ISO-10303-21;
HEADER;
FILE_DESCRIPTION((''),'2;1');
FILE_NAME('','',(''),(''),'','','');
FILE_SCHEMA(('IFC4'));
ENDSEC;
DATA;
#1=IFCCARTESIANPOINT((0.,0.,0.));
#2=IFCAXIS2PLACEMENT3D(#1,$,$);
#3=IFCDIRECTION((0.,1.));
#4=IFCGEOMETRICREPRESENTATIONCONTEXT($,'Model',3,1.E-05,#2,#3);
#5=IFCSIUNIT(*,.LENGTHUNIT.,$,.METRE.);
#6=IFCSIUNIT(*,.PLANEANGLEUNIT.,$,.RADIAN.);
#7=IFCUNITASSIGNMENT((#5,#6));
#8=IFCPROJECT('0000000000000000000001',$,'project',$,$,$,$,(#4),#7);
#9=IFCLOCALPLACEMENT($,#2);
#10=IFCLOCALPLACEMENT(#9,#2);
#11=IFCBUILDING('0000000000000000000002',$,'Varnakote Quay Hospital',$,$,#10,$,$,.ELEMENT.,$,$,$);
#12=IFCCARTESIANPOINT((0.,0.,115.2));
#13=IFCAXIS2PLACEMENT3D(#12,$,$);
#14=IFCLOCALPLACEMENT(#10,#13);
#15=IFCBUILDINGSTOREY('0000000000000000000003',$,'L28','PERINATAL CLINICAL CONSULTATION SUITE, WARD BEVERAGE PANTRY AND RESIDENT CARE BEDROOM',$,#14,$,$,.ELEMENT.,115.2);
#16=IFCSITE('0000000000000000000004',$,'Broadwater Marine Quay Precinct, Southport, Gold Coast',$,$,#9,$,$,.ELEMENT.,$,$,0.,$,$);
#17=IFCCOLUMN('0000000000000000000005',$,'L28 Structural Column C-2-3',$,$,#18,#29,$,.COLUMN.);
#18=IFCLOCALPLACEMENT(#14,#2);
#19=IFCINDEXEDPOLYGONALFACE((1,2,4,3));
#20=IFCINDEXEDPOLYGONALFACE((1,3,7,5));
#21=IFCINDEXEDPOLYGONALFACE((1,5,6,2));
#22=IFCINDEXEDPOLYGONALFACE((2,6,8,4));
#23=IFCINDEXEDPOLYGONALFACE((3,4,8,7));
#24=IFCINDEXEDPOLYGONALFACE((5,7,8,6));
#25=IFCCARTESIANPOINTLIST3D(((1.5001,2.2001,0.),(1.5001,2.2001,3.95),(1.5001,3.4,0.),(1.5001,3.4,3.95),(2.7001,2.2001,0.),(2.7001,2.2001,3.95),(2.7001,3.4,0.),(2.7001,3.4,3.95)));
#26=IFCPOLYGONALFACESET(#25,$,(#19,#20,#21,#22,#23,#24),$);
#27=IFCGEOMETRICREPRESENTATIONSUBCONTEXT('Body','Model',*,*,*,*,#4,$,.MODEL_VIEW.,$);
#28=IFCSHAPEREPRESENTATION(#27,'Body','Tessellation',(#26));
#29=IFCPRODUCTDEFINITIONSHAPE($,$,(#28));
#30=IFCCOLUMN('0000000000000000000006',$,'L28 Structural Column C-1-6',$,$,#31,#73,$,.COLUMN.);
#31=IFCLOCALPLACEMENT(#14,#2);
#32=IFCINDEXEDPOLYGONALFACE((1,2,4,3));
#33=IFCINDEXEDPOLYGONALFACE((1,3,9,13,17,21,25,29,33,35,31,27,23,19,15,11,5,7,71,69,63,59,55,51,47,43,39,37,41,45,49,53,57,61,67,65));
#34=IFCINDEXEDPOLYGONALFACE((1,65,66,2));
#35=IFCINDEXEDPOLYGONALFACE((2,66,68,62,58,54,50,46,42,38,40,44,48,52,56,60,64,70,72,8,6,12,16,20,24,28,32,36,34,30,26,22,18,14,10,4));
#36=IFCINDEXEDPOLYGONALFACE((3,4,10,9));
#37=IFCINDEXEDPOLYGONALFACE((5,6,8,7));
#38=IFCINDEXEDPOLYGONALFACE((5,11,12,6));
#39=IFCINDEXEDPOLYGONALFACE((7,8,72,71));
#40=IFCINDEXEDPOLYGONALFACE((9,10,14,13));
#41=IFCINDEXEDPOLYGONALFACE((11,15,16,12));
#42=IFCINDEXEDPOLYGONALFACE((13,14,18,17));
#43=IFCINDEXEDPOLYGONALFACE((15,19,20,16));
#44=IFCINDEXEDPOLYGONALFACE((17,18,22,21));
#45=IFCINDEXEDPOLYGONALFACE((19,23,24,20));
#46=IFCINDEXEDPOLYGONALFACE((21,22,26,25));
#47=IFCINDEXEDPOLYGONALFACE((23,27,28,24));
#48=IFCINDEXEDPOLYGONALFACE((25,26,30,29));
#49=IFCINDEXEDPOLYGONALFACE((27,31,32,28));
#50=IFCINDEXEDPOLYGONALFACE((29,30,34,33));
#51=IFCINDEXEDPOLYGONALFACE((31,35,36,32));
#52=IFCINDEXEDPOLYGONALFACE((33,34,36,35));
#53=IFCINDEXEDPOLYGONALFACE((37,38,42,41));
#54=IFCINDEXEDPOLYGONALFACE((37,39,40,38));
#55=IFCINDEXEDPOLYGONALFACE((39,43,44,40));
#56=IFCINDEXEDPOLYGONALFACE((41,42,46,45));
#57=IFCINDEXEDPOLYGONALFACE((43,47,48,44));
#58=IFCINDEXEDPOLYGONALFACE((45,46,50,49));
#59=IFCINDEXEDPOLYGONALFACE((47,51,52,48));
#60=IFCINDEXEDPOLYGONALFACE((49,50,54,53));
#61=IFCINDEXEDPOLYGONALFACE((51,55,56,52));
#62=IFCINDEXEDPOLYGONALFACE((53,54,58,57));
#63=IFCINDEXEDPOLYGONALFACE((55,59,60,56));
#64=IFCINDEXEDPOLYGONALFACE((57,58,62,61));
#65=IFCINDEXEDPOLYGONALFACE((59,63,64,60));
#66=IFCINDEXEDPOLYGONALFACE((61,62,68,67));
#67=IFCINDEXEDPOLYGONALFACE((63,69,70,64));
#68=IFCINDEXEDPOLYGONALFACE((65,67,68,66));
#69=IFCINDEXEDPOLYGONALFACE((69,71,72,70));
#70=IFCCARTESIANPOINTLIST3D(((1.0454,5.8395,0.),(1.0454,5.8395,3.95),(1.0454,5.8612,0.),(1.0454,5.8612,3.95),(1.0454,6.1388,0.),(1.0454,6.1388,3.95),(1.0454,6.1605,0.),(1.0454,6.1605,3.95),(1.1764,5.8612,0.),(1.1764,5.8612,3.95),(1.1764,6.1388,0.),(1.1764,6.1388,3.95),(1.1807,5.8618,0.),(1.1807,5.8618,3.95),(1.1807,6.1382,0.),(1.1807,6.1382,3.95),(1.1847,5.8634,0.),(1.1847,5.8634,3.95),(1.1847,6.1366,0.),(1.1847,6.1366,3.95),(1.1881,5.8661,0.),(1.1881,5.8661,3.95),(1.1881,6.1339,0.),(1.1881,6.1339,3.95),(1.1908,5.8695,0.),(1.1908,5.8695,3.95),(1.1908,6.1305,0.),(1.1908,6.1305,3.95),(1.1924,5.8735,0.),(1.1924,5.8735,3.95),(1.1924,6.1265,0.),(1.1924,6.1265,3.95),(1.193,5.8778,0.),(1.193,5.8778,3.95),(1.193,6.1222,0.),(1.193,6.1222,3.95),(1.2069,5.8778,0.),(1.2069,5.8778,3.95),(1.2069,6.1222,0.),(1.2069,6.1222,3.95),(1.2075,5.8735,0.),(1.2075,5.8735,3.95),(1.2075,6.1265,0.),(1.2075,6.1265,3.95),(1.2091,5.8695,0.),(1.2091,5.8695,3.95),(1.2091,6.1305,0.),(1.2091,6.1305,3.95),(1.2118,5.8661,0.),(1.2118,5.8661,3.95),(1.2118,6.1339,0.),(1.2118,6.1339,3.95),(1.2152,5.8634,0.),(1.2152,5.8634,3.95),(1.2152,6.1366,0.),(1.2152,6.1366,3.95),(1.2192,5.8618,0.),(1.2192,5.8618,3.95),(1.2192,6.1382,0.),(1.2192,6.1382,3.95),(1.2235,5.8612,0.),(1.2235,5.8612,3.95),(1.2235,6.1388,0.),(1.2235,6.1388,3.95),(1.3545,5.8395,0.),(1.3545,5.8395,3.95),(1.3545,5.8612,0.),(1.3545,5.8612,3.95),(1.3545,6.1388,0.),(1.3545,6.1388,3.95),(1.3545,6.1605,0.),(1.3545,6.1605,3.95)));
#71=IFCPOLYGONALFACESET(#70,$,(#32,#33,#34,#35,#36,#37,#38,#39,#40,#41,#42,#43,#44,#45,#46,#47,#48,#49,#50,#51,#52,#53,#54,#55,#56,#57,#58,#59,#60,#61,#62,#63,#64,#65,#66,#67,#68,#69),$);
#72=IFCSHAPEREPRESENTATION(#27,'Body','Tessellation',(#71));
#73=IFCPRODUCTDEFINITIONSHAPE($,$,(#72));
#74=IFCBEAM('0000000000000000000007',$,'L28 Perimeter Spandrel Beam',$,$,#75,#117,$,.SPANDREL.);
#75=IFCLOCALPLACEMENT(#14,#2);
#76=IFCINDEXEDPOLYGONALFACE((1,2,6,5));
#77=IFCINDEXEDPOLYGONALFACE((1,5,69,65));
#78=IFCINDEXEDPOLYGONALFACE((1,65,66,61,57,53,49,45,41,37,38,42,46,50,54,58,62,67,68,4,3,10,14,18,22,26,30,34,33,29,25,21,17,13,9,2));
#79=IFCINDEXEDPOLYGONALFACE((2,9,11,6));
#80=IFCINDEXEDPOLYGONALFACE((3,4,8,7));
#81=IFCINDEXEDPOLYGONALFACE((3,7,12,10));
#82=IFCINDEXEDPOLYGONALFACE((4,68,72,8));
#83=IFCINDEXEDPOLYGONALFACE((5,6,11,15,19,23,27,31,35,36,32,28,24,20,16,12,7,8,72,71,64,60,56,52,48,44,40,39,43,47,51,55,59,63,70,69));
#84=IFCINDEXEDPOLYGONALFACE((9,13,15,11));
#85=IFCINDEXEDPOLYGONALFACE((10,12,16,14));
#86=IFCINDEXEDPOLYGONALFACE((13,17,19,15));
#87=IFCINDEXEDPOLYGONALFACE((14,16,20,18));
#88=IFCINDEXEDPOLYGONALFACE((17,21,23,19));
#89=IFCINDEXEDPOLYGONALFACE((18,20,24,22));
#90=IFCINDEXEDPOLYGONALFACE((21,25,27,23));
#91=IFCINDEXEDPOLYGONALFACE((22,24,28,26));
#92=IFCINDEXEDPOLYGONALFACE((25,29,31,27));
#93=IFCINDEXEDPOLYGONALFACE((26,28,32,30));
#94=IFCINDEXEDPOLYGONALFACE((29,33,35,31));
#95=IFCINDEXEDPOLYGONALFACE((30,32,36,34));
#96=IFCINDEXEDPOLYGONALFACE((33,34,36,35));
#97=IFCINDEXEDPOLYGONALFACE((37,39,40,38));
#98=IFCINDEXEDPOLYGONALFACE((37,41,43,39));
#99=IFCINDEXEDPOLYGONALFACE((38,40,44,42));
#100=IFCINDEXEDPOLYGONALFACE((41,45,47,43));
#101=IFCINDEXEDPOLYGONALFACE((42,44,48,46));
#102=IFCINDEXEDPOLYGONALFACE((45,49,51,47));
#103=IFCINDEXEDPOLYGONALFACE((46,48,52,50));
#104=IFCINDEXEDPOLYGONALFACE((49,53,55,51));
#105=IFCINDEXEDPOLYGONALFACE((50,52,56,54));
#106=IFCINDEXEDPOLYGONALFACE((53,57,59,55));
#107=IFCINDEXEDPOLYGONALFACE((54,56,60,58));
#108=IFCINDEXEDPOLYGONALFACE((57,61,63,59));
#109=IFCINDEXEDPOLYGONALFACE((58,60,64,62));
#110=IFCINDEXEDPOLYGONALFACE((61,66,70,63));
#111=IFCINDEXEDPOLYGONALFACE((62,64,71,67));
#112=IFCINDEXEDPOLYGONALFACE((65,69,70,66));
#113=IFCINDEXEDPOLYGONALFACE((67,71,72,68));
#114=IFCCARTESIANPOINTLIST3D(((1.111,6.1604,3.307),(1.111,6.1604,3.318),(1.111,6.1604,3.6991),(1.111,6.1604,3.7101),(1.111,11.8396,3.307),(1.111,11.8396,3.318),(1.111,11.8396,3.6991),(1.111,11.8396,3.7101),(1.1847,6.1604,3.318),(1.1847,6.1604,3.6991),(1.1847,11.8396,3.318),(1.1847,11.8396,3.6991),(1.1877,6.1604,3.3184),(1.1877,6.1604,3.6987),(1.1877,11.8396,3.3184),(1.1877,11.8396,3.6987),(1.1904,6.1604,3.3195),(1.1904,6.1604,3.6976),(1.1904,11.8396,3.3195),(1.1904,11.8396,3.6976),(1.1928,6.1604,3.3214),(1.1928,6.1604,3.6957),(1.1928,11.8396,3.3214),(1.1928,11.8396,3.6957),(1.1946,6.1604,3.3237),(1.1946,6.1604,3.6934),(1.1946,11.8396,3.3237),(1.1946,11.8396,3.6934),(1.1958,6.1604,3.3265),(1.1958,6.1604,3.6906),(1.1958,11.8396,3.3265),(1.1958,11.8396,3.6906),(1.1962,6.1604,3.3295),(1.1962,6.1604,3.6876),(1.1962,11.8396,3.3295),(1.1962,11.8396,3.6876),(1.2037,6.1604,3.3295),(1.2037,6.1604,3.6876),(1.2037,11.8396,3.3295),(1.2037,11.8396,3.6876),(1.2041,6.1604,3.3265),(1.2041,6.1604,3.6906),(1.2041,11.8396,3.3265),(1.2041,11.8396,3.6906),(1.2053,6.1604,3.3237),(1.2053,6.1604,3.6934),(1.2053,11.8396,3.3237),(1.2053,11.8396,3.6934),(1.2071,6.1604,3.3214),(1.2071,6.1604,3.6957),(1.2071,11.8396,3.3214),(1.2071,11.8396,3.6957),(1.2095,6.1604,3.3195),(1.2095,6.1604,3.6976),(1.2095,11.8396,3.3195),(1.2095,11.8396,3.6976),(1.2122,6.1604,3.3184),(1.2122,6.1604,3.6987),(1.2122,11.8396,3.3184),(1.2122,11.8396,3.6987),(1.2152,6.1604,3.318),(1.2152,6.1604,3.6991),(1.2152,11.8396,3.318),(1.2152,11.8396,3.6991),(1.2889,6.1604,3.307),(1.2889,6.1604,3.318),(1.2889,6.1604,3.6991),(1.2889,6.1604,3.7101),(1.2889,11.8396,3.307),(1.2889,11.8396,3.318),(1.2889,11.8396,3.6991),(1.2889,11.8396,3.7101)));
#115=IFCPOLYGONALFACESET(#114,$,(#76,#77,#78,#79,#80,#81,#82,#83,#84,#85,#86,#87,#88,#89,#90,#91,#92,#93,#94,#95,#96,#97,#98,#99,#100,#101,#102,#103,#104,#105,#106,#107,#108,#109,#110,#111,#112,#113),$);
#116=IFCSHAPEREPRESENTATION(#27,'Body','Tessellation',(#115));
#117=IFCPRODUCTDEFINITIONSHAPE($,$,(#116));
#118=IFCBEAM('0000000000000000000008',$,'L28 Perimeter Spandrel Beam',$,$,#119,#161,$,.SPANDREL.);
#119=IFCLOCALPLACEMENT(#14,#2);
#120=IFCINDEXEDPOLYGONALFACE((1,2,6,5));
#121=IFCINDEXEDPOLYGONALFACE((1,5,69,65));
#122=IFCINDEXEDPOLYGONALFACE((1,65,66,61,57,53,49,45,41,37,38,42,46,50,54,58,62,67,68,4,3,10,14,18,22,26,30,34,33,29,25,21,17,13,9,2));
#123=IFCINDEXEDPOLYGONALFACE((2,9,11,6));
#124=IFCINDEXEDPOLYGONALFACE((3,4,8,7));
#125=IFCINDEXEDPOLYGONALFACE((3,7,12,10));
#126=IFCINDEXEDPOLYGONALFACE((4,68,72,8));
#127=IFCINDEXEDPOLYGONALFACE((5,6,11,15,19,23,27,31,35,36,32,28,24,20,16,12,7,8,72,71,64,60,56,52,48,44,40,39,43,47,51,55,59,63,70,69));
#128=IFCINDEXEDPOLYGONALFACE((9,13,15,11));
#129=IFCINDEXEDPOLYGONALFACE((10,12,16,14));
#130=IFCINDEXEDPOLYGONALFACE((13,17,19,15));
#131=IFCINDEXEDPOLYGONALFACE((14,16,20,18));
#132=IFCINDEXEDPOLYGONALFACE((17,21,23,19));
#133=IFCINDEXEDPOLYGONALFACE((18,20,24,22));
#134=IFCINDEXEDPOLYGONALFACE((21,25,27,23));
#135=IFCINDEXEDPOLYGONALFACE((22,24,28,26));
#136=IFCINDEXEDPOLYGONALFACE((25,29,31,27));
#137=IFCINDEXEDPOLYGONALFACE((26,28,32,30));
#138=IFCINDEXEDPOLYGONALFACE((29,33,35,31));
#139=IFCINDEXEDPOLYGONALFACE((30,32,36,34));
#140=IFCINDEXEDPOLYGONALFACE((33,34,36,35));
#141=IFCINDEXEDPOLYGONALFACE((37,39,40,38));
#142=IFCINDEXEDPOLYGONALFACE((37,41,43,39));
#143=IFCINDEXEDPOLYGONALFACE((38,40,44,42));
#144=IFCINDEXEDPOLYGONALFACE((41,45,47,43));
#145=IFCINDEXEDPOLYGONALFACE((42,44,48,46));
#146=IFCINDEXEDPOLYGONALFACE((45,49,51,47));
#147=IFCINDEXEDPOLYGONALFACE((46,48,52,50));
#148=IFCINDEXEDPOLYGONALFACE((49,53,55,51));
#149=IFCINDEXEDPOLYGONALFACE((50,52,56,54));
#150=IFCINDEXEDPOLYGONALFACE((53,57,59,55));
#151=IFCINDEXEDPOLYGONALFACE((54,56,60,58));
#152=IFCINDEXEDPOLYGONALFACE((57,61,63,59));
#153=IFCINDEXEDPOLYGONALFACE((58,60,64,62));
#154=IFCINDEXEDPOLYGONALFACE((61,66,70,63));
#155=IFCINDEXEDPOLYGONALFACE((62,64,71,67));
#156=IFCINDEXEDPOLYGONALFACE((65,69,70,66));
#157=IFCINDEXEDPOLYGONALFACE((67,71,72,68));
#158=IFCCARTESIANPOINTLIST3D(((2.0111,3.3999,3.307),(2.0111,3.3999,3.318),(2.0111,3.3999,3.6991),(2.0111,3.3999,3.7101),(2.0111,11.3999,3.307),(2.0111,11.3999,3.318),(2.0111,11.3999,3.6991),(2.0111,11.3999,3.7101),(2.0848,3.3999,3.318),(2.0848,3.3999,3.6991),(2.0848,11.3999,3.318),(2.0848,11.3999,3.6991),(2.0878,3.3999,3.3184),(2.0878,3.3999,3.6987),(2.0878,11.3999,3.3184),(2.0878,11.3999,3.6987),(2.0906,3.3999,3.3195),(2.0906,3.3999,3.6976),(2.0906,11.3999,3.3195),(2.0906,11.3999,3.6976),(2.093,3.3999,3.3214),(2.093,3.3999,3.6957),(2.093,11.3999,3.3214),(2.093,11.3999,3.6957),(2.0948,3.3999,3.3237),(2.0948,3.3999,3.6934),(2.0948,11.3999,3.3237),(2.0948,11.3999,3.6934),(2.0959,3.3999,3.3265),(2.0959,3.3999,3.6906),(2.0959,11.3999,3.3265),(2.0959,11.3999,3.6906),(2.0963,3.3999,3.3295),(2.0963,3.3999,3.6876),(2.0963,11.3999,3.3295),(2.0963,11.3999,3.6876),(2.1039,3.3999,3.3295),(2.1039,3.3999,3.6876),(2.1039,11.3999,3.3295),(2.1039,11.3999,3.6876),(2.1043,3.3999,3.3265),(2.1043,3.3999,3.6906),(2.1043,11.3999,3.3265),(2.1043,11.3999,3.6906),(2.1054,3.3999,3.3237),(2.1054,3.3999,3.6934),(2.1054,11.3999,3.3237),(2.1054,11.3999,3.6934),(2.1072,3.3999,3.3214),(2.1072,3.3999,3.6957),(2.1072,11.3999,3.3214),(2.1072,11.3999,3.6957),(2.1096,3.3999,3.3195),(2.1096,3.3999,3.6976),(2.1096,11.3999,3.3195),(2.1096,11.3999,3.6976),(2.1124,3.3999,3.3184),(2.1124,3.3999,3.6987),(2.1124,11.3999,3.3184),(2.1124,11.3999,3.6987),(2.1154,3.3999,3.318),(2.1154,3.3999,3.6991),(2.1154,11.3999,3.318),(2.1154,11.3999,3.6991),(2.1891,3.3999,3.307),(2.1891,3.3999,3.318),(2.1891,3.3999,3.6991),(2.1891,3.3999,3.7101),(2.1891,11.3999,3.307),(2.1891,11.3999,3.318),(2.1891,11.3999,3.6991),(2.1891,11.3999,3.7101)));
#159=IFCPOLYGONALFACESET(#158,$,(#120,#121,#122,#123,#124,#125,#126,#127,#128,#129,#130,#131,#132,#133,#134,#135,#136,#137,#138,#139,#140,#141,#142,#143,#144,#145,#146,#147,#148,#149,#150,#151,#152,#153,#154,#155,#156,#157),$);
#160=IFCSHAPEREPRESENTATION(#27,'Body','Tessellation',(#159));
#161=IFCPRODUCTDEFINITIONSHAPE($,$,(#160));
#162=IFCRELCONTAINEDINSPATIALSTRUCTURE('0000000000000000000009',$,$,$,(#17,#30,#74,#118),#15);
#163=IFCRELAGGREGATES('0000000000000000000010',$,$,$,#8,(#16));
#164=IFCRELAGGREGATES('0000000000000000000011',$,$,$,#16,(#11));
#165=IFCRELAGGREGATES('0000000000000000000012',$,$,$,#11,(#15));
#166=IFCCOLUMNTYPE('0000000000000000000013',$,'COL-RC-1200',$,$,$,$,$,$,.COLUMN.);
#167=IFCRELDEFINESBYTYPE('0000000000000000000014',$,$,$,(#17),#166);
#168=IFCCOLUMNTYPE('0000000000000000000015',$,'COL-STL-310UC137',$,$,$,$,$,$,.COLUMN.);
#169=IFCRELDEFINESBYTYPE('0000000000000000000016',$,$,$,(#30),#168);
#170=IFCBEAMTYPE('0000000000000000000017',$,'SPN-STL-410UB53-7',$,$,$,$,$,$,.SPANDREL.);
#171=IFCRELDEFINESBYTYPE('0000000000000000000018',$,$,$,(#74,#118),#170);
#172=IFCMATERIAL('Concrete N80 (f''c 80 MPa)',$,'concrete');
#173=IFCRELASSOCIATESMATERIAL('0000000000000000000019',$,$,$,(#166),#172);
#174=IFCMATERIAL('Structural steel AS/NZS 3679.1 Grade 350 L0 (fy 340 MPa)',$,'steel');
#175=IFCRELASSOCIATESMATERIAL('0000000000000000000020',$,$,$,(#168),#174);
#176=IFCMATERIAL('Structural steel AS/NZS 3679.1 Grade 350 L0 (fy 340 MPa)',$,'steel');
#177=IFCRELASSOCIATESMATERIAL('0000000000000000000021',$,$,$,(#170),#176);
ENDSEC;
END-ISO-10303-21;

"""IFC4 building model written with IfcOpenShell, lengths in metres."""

from ifc_helpers import new_model, si_unit, direction, frame, origin, origin_2d, place, context, subcontext, project, spatial, rectangle, i_section, extrude, material, material_profile, profile_set, type_object, element, save


model = new_model("IFC4")

# Units and contexts
model_context = context("Model", 3, precision=1e-05, world=origin(), true_north=direction((0.0, 1.0)))
body_context = subcontext(model_context, "Body", "Model", "MODEL_VIEW")
ifc_project = project(units=[si_unit("LENGTHUNIT", "METRE"), si_unit("PLANEANGLEUNIT", "RADIAN")], contexts=[model_context])

# Site, building, storey
site_placement = place(None, origin())
site = spatial("IfcSite", under=ifc_project, at=site_placement, Name="Broadwater Marine Quay Precinct, Southport, Gold Coast", CompositionType="ELEMENT", RefElevation=0.0)
building_placement = place(site_placement, origin())
building = spatial("IfcBuilding", under=site, at=building_placement, Name="Varnakote Quay Hospital", CompositionType="ELEMENT")
storey_placement = place(building_placement, frame((0.0, 0.0, 115.2)))
storey = spatial("IfcBuildingStorey", under=building, at=storey_placement, Name="L28", Description="PERINATAL CLINICAL CONSULTATION SUITE, WARD BEVERAGE PANTRY AND RESIDENT CARE BEDROOM", CompositionType="ELEMENT", Elevation=115.2)

# Columns
ifc_material_1 = material(Name="Concrete N80 (f'c 80 MPa)", Category="concrete")
ifc_material_profile_1 = material_profile(ifc_material_1, rectangle(XDim=1.2, YDim=1.2, at=origin_2d()), Name="RC-COL-1200x1200")
ifc_profile_set_1 = profile_set([ifc_material_profile_1], Name="Concrete N80 (f'c 80 MPa)")
column_type_1 = type_object("IfcColumnType", Name="COL-RC-1200", PredefinedType="COLUMN", material=ifc_profile_set_1)
column_1_placement = place(storey_placement, frame((2.1001, 2.8, 0.0), z_axis=(0.0, 0.0, 1.0), x_axis=(1.0, 0.0, 0.0)))
element("IfcColumn", 1, at=column_1_placement, inside=storey, type_object=column_type_1, Name="L28 Structural Column C-2-3", PredefinedType="COLUMN", context=body_context, shape_type="SweptSolid", body=[
    extrude(rectangle(XDim=1.2, YDim=1.2, at=origin_2d()), origin(), (0.0, 0.0, 1.0), 3.95),
])
ifc_material_2 = material(Name="Structural steel AS/NZS 3679.1 Grade 350 L0 (fy 340 MPa)", Category="steel")
ifc_material_profile_2 = material_profile(ifc_material_2, i_section(OverallWidth=0.3091, OverallDepth=0.321, WebThickness=0.0139, FlangeThickness=0.0217, FilletRadius=0.0166, at=origin_2d()), Name="310UC137")
ifc_profile_set_2 = profile_set([ifc_material_profile_2], Name="Structural steel AS/NZS 3679.1 Grade 350 L0 (fy 340 MPa)")
column_type_2 = type_object("IfcColumnType", Name="COL-STL-310UC137", PredefinedType="COLUMN", material=ifc_profile_set_2)
column_2_placement = place(storey_placement, frame((1.2, 6.0, 0.0), z_axis=(0.0, 0.0, 1.0), x_axis=(1.0, 0.0, 0.0)))
element("IfcColumn", 2, at=column_2_placement, inside=storey, type_object=column_type_2, Name="L28 Structural Column C-1-6", PredefinedType="COLUMN", context=body_context, shape_type="SweptSolid", body=[
    extrude(i_section(OverallWidth=0.3091, OverallDepth=0.321, WebThickness=0.0139, FlangeThickness=0.0217, FilletRadius=0.0166, at=origin_2d()), origin(), (0.0, 0.0, 1.0), 3.95),
])

# Beams
ifc_material_3 = material(Name="Structural steel AS/NZS 3679.1 Grade 350 L0 (fy 340 MPa)", Category="steel")
ifc_material_profile_3 = material_profile(ifc_material_3, i_section(OverallWidth=0.178, OverallDepth=0.4031, WebThickness=0.0076, FlangeThickness=0.011, FilletRadius=0.0115, at=origin_2d()), Name="410UB53.7")
ifc_profile_set_3 = profile_set([ifc_material_profile_3], Name="Structural steel AS/NZS 3679.1 Grade 350 L0 (fy 340 MPa)")
beam_type_1 = type_object("IfcBeamType", Name="SPN-STL-410UB53-7", PredefinedType="SPANDREL", material=ifc_profile_set_3)
beam_1_placement = place(storey_placement, frame((1.2, 6.1604, 3.5085), z_axis=(0.0, 1.0, 0.0), x_axis=(-1.0, 0.0, 0.0)))
element("IfcBeam", 3, at=beam_1_placement, inside=storey, type_object=beam_type_1, Name="L28 Perimeter Spandrel Beam", PredefinedType="SPANDREL", context=body_context, shape_type="SweptSolid", body=[
    extrude(i_section(OverallWidth=0.178, OverallDepth=0.4031, WebThickness=0.0076, FlangeThickness=0.011, FilletRadius=0.0115, at=origin_2d()), origin(), (0.0, 0.0, 1.0), 5.6792),
])
beam_2_placement = place(storey_placement, frame((2.1001, 3.3999, 3.5085), z_axis=(0.0, 1.0, 0.0), x_axis=(-1.0, 0.0, 0.0)))
element("IfcBeam", 4, at=beam_2_placement, inside=storey, type_object=beam_type_1, Name="L28 Perimeter Spandrel Beam", PredefinedType="SPANDREL", context=body_context, shape_type="SweptSolid", body=[
    extrude(i_section(OverallWidth=0.178, OverallDepth=0.4031, WebThickness=0.0076, FlangeThickness=0.011, FilletRadius=0.0115, at=origin_2d()), origin(), (0.0, 0.0, 1.0), 8.0),
])

save(model, "model.ifc")
